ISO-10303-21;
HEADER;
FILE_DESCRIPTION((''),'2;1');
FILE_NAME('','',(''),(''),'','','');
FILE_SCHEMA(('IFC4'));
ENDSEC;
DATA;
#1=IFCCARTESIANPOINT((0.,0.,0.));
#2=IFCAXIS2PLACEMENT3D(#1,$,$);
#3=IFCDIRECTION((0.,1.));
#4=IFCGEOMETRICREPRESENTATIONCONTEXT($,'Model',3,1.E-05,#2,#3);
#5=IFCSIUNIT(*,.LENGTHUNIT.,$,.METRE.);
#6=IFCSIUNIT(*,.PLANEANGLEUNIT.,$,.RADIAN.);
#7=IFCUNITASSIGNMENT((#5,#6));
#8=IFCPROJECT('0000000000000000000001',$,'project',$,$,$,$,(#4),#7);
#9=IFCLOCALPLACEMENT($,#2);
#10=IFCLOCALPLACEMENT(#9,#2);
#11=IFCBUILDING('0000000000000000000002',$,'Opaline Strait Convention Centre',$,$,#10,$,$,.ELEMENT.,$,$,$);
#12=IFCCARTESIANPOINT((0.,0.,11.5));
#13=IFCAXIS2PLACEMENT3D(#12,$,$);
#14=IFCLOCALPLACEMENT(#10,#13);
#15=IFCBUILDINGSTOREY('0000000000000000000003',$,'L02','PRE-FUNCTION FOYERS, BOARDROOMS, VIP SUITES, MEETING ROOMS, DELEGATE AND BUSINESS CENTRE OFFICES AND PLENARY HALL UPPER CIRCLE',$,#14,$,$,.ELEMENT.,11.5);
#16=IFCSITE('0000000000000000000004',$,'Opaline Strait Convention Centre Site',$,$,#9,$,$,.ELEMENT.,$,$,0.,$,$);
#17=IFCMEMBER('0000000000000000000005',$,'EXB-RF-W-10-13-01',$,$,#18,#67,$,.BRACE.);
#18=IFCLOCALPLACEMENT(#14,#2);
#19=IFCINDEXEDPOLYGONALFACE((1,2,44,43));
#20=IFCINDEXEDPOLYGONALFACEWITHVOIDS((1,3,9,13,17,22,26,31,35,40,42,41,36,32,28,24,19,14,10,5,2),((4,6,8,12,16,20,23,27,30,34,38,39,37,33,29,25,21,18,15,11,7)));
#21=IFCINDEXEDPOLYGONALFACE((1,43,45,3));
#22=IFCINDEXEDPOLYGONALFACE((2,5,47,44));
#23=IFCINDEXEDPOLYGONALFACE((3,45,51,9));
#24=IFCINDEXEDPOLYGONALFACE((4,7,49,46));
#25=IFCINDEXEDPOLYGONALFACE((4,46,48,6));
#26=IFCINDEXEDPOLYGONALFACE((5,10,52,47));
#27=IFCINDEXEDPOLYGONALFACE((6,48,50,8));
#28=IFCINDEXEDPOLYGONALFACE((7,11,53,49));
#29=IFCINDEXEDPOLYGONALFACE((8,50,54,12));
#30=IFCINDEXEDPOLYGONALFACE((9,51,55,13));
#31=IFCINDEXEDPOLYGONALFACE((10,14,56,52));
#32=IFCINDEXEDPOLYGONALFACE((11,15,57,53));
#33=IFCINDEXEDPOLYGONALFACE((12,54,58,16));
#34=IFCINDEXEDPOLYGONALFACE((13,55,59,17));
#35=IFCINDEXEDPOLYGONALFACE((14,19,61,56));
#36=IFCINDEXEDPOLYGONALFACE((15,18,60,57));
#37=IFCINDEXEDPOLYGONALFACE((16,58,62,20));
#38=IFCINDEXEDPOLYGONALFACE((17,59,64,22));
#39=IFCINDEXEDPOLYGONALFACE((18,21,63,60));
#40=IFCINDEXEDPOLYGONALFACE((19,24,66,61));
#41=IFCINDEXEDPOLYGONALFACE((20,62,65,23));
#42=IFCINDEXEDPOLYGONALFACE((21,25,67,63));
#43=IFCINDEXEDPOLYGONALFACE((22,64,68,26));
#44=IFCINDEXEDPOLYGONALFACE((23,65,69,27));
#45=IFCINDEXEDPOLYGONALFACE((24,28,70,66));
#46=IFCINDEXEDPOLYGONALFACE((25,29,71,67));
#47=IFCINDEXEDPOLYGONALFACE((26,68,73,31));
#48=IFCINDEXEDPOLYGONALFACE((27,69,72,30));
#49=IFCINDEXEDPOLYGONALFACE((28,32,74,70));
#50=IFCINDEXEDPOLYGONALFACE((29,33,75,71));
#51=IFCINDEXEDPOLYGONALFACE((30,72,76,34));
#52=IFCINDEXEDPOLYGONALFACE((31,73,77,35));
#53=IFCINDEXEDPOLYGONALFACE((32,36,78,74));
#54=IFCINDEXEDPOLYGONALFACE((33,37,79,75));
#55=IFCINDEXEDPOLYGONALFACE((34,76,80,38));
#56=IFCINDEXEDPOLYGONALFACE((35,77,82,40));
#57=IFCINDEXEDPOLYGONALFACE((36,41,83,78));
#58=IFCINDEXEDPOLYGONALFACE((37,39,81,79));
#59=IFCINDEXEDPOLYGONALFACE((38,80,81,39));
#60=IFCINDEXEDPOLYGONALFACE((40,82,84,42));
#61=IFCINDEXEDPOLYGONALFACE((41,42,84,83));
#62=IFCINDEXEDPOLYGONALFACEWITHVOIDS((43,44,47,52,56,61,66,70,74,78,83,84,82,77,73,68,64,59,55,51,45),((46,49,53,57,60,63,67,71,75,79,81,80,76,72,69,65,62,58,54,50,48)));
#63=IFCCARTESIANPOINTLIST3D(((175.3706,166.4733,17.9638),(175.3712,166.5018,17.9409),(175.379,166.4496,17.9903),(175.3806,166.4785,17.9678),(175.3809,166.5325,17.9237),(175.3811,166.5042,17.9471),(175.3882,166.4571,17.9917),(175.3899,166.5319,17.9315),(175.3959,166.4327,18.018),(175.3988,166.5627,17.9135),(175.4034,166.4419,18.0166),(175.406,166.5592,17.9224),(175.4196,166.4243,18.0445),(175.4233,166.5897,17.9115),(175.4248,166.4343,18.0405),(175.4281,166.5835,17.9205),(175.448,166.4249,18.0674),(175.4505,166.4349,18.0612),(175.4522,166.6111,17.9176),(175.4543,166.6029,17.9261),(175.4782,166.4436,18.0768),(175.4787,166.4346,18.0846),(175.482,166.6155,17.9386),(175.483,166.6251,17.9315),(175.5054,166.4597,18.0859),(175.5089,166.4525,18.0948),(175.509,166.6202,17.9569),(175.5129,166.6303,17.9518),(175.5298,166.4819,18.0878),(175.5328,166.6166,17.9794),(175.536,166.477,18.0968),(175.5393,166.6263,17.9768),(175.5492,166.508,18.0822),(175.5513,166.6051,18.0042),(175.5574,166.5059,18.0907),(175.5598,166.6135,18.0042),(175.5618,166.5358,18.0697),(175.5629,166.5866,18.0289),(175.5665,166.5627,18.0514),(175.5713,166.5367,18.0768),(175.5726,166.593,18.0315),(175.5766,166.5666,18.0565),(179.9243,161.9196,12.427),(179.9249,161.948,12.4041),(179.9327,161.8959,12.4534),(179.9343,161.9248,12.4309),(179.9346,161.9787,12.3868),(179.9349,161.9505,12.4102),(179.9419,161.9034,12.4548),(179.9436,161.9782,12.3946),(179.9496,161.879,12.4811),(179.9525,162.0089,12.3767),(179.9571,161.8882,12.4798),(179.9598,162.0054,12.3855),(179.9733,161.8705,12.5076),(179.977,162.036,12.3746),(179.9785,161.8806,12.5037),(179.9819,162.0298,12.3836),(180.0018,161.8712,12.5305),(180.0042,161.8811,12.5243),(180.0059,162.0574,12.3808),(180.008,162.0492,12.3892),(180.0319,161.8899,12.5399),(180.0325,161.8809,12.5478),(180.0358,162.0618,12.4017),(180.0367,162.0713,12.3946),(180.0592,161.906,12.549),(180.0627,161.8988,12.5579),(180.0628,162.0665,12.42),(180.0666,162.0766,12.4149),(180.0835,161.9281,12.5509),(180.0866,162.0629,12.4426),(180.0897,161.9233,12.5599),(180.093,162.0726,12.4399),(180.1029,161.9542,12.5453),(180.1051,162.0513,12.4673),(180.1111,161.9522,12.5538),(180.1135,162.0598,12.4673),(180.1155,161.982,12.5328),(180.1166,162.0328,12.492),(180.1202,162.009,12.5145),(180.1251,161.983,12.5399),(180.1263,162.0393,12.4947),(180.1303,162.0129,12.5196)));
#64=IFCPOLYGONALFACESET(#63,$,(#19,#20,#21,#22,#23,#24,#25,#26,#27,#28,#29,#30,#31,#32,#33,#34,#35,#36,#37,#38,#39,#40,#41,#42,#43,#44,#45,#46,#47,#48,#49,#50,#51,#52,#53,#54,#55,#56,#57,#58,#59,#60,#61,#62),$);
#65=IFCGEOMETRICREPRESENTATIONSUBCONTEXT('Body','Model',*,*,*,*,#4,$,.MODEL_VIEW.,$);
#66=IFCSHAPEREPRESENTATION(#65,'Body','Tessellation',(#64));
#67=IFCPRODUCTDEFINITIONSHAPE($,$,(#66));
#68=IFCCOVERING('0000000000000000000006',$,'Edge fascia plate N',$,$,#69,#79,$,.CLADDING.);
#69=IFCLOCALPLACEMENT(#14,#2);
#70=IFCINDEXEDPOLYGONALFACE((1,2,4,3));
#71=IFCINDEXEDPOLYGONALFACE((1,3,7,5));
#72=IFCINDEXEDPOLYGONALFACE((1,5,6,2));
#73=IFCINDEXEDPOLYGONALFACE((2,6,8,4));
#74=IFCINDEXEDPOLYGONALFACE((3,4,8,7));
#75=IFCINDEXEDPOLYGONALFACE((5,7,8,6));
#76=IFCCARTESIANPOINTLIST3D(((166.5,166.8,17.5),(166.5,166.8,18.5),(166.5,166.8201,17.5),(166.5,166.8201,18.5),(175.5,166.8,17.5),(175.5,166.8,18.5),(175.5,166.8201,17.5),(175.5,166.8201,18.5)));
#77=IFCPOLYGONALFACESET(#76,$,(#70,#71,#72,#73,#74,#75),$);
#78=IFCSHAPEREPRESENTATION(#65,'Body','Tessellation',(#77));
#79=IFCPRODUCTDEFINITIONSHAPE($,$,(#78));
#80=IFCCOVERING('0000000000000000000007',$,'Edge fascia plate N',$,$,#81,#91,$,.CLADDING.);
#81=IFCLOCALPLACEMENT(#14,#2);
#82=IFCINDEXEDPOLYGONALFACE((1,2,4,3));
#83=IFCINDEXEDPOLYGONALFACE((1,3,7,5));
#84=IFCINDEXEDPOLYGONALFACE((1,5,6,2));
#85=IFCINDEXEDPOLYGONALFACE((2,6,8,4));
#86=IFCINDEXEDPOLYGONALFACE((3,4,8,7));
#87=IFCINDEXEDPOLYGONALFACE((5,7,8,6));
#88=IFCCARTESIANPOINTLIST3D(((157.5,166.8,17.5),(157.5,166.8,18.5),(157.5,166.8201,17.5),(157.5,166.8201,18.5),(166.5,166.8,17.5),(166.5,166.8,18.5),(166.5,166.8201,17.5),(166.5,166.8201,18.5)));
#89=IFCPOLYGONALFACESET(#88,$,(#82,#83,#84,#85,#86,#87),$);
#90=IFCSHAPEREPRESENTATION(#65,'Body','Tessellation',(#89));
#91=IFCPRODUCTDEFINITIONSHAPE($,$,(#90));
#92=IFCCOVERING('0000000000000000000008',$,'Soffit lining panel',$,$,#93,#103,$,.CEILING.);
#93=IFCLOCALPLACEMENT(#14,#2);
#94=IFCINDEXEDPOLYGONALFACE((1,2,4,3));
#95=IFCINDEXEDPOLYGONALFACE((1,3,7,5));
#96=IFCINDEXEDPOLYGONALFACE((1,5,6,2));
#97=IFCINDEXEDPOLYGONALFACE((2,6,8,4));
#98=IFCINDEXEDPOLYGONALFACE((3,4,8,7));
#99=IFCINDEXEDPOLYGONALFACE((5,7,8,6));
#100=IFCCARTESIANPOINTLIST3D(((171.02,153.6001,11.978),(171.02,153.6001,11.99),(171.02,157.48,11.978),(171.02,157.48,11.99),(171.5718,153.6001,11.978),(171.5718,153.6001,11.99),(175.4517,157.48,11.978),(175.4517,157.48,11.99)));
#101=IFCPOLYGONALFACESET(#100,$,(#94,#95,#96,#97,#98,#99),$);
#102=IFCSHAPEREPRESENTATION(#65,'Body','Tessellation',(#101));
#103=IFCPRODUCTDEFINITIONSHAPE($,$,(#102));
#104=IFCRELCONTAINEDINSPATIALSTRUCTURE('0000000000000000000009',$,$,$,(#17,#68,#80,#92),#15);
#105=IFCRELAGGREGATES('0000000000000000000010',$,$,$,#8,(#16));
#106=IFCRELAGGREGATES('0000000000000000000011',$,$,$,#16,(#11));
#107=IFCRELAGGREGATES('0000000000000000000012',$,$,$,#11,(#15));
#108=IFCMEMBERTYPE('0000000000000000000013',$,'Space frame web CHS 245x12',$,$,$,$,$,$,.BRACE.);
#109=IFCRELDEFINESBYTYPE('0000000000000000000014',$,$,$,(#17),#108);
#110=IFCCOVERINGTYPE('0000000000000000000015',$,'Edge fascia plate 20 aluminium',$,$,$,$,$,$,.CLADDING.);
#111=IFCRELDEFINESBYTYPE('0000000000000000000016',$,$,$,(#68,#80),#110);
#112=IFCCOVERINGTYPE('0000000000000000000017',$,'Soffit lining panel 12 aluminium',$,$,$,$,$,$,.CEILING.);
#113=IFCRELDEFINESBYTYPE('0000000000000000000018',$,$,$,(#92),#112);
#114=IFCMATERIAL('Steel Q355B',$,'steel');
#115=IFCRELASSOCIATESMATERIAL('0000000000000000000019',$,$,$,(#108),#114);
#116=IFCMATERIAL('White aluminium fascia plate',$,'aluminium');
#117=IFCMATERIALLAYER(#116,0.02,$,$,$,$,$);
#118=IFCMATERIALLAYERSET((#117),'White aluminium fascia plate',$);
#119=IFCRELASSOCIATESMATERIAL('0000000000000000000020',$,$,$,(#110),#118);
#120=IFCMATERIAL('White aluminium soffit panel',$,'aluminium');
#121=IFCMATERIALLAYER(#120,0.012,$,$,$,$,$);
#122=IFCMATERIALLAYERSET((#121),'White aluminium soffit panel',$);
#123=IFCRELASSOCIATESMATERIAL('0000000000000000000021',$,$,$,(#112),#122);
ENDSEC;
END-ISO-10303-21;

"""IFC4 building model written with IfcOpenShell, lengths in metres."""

from ifc_helpers import new_model, si_unit, direction, frame, origin, origin_2d, place, context, subcontext, project, spatial, polyline, hollow_circle, outline, extrude, material, layer, layer_set, material_profile, profile_set, type_object, element, save


model = new_model("IFC4")

# Units and contexts
model_context = context("Model", 3, precision=1e-05, world=origin(), true_north=direction((0.0, 1.0)))
body_context = subcontext(model_context, "Body", "Model", "MODEL_VIEW")
ifc_project = project(units=[si_unit("LENGTHUNIT", "METRE"), si_unit("PLANEANGLEUNIT", "RADIAN")], contexts=[model_context])

# Site, building, storey
site_placement = place(None, origin())
site = spatial("IfcSite", under=ifc_project, at=site_placement, Name="Opaline Strait Convention Centre Site", CompositionType="ELEMENT", RefElevation=0.0)
building_placement = place(site_placement, origin())
building = spatial("IfcBuilding", under=site, at=building_placement, Name="Opaline Strait Convention Centre", CompositionType="ELEMENT")
storey_placement = place(building_placement, frame((0.0, 0.0, 11.5)))
storey = spatial("IfcBuildingStorey", under=building, at=storey_placement, Name="L02", Description="PRE-FUNCTION FOYERS, BOARDROOMS, VIP SUITES, MEETING ROOMS, DELEGATE AND BUSINESS CENTRE OFFICES AND PLENARY HALL UPPER CIRCLE", CompositionType="ELEMENT", Elevation=11.5)

# Member
ifc_material_1 = material(Name="Steel Q355B", Category="steel")
ifc_material_profile_1 = material_profile(ifc_material_1, hollow_circle(Radius=0.1226, WallThickness=0.012, at=origin_2d()), Name="CHS 245x12")
ifc_profile_set_1 = profile_set([ifc_material_profile_1], Name="Steel Q355B")
member_type_1 = type_object("IfcMemberType", Name="Space frame web CHS 245x12", PredefinedType="BRACE", material=ifc_profile_set_1)
for number, where, z_axis, x_axis, name in (
    (1, (175.4731, 166.5269, 18.0042), (0.536178, -0.536178, -0.65194), (0.707107, 0.707107, 0.0), "EXB-RF-W-10-13-01"),
):
    element("IfcMember", number, at=place(storey_placement, frame(where, z_axis=z_axis, x_axis=x_axis)), inside=storey, type_object=member_type_1, Name=name, PredefinedType="BRACE", context=body_context, shape_type="SweptSolid", body=[
        extrude(hollow_circle(Radius=0.1226, WallThickness=0.012, at=origin_2d()), origin(), (0.0, 0.0, 1.0), 8.4929),
    ])

# Coverings
ifc_material_2 = material(Name="White aluminium fascia plate", Category="aluminium")
ifc_layer_1 = layer(ifc_material_2, 0.02)
ifc_layer_set_1 = layer_set([ifc_layer_1], Name="White aluminium fascia plate")
covering_type_1 = type_object("IfcCoveringType", Name="Edge fascia plate 20 aluminium", PredefinedType="CLADDING", material=ifc_layer_set_1)
for number, where, z_axis, x_axis, name in (
    (2, (171.0, 166.8, 18.0), (0.0, 1.0, 0.0), (-1.0, 0.0, 0.0), "Edge fascia plate N"),
    (3, (162.0, 166.8, 18.0), (0.0, 1.0, 0.0), (-1.0, 0.0, 0.0), "Edge fascia plate N"),
):
    element("IfcCovering", number, at=place(storey_placement, frame(where, z_axis=z_axis, x_axis=x_axis)), inside=storey, type_object=covering_type_1, Name=name, PredefinedType="CLADDING", context=body_context, shape_type="SweptSolid", body=[
        extrude(outline(polyline([(-4.5, 0.5), (4.5, 0.5), (4.5, -0.5), (-4.5, -0.5), (-4.5, 0.5)])), origin(), (0.0, 0.0, 1.0), 0.02),
    ])
ifc_material_3 = material(Name="White aluminium soffit panel", Category="aluminium")
ifc_layer_2 = layer(ifc_material_3, 0.012)
ifc_layer_set_2 = layer_set([ifc_layer_2], Name="White aluminium soffit panel")
covering_type_2 = type_object("IfcCoveringType", Name="Soffit lining panel 12 aluminium", PredefinedType="CEILING", material=ifc_layer_set_2)
covering_placement = place(storey_placement, frame((175.4517, 157.48, 11.99), z_axis=(0.0, 0.0, 1.0), x_axis=(-0.707107, -0.707107, 0.0)))
element("IfcCovering", 4, at=covering_placement, inside=storey, type_object=covering_type_2, Name="Soffit lining panel", PredefinedType="CEILING", context=body_context, shape_type="SweptSolid", body=[
    extrude(outline(polyline([(0.0, 0.0), (5.487, 0.0), (5.8771, -0.3902), (3.1336, -3.1336), (0.0, 0.0)])), origin(), (0.0, 0.0, -1.0), 0.012),
])

save(model, "model.ifc")
